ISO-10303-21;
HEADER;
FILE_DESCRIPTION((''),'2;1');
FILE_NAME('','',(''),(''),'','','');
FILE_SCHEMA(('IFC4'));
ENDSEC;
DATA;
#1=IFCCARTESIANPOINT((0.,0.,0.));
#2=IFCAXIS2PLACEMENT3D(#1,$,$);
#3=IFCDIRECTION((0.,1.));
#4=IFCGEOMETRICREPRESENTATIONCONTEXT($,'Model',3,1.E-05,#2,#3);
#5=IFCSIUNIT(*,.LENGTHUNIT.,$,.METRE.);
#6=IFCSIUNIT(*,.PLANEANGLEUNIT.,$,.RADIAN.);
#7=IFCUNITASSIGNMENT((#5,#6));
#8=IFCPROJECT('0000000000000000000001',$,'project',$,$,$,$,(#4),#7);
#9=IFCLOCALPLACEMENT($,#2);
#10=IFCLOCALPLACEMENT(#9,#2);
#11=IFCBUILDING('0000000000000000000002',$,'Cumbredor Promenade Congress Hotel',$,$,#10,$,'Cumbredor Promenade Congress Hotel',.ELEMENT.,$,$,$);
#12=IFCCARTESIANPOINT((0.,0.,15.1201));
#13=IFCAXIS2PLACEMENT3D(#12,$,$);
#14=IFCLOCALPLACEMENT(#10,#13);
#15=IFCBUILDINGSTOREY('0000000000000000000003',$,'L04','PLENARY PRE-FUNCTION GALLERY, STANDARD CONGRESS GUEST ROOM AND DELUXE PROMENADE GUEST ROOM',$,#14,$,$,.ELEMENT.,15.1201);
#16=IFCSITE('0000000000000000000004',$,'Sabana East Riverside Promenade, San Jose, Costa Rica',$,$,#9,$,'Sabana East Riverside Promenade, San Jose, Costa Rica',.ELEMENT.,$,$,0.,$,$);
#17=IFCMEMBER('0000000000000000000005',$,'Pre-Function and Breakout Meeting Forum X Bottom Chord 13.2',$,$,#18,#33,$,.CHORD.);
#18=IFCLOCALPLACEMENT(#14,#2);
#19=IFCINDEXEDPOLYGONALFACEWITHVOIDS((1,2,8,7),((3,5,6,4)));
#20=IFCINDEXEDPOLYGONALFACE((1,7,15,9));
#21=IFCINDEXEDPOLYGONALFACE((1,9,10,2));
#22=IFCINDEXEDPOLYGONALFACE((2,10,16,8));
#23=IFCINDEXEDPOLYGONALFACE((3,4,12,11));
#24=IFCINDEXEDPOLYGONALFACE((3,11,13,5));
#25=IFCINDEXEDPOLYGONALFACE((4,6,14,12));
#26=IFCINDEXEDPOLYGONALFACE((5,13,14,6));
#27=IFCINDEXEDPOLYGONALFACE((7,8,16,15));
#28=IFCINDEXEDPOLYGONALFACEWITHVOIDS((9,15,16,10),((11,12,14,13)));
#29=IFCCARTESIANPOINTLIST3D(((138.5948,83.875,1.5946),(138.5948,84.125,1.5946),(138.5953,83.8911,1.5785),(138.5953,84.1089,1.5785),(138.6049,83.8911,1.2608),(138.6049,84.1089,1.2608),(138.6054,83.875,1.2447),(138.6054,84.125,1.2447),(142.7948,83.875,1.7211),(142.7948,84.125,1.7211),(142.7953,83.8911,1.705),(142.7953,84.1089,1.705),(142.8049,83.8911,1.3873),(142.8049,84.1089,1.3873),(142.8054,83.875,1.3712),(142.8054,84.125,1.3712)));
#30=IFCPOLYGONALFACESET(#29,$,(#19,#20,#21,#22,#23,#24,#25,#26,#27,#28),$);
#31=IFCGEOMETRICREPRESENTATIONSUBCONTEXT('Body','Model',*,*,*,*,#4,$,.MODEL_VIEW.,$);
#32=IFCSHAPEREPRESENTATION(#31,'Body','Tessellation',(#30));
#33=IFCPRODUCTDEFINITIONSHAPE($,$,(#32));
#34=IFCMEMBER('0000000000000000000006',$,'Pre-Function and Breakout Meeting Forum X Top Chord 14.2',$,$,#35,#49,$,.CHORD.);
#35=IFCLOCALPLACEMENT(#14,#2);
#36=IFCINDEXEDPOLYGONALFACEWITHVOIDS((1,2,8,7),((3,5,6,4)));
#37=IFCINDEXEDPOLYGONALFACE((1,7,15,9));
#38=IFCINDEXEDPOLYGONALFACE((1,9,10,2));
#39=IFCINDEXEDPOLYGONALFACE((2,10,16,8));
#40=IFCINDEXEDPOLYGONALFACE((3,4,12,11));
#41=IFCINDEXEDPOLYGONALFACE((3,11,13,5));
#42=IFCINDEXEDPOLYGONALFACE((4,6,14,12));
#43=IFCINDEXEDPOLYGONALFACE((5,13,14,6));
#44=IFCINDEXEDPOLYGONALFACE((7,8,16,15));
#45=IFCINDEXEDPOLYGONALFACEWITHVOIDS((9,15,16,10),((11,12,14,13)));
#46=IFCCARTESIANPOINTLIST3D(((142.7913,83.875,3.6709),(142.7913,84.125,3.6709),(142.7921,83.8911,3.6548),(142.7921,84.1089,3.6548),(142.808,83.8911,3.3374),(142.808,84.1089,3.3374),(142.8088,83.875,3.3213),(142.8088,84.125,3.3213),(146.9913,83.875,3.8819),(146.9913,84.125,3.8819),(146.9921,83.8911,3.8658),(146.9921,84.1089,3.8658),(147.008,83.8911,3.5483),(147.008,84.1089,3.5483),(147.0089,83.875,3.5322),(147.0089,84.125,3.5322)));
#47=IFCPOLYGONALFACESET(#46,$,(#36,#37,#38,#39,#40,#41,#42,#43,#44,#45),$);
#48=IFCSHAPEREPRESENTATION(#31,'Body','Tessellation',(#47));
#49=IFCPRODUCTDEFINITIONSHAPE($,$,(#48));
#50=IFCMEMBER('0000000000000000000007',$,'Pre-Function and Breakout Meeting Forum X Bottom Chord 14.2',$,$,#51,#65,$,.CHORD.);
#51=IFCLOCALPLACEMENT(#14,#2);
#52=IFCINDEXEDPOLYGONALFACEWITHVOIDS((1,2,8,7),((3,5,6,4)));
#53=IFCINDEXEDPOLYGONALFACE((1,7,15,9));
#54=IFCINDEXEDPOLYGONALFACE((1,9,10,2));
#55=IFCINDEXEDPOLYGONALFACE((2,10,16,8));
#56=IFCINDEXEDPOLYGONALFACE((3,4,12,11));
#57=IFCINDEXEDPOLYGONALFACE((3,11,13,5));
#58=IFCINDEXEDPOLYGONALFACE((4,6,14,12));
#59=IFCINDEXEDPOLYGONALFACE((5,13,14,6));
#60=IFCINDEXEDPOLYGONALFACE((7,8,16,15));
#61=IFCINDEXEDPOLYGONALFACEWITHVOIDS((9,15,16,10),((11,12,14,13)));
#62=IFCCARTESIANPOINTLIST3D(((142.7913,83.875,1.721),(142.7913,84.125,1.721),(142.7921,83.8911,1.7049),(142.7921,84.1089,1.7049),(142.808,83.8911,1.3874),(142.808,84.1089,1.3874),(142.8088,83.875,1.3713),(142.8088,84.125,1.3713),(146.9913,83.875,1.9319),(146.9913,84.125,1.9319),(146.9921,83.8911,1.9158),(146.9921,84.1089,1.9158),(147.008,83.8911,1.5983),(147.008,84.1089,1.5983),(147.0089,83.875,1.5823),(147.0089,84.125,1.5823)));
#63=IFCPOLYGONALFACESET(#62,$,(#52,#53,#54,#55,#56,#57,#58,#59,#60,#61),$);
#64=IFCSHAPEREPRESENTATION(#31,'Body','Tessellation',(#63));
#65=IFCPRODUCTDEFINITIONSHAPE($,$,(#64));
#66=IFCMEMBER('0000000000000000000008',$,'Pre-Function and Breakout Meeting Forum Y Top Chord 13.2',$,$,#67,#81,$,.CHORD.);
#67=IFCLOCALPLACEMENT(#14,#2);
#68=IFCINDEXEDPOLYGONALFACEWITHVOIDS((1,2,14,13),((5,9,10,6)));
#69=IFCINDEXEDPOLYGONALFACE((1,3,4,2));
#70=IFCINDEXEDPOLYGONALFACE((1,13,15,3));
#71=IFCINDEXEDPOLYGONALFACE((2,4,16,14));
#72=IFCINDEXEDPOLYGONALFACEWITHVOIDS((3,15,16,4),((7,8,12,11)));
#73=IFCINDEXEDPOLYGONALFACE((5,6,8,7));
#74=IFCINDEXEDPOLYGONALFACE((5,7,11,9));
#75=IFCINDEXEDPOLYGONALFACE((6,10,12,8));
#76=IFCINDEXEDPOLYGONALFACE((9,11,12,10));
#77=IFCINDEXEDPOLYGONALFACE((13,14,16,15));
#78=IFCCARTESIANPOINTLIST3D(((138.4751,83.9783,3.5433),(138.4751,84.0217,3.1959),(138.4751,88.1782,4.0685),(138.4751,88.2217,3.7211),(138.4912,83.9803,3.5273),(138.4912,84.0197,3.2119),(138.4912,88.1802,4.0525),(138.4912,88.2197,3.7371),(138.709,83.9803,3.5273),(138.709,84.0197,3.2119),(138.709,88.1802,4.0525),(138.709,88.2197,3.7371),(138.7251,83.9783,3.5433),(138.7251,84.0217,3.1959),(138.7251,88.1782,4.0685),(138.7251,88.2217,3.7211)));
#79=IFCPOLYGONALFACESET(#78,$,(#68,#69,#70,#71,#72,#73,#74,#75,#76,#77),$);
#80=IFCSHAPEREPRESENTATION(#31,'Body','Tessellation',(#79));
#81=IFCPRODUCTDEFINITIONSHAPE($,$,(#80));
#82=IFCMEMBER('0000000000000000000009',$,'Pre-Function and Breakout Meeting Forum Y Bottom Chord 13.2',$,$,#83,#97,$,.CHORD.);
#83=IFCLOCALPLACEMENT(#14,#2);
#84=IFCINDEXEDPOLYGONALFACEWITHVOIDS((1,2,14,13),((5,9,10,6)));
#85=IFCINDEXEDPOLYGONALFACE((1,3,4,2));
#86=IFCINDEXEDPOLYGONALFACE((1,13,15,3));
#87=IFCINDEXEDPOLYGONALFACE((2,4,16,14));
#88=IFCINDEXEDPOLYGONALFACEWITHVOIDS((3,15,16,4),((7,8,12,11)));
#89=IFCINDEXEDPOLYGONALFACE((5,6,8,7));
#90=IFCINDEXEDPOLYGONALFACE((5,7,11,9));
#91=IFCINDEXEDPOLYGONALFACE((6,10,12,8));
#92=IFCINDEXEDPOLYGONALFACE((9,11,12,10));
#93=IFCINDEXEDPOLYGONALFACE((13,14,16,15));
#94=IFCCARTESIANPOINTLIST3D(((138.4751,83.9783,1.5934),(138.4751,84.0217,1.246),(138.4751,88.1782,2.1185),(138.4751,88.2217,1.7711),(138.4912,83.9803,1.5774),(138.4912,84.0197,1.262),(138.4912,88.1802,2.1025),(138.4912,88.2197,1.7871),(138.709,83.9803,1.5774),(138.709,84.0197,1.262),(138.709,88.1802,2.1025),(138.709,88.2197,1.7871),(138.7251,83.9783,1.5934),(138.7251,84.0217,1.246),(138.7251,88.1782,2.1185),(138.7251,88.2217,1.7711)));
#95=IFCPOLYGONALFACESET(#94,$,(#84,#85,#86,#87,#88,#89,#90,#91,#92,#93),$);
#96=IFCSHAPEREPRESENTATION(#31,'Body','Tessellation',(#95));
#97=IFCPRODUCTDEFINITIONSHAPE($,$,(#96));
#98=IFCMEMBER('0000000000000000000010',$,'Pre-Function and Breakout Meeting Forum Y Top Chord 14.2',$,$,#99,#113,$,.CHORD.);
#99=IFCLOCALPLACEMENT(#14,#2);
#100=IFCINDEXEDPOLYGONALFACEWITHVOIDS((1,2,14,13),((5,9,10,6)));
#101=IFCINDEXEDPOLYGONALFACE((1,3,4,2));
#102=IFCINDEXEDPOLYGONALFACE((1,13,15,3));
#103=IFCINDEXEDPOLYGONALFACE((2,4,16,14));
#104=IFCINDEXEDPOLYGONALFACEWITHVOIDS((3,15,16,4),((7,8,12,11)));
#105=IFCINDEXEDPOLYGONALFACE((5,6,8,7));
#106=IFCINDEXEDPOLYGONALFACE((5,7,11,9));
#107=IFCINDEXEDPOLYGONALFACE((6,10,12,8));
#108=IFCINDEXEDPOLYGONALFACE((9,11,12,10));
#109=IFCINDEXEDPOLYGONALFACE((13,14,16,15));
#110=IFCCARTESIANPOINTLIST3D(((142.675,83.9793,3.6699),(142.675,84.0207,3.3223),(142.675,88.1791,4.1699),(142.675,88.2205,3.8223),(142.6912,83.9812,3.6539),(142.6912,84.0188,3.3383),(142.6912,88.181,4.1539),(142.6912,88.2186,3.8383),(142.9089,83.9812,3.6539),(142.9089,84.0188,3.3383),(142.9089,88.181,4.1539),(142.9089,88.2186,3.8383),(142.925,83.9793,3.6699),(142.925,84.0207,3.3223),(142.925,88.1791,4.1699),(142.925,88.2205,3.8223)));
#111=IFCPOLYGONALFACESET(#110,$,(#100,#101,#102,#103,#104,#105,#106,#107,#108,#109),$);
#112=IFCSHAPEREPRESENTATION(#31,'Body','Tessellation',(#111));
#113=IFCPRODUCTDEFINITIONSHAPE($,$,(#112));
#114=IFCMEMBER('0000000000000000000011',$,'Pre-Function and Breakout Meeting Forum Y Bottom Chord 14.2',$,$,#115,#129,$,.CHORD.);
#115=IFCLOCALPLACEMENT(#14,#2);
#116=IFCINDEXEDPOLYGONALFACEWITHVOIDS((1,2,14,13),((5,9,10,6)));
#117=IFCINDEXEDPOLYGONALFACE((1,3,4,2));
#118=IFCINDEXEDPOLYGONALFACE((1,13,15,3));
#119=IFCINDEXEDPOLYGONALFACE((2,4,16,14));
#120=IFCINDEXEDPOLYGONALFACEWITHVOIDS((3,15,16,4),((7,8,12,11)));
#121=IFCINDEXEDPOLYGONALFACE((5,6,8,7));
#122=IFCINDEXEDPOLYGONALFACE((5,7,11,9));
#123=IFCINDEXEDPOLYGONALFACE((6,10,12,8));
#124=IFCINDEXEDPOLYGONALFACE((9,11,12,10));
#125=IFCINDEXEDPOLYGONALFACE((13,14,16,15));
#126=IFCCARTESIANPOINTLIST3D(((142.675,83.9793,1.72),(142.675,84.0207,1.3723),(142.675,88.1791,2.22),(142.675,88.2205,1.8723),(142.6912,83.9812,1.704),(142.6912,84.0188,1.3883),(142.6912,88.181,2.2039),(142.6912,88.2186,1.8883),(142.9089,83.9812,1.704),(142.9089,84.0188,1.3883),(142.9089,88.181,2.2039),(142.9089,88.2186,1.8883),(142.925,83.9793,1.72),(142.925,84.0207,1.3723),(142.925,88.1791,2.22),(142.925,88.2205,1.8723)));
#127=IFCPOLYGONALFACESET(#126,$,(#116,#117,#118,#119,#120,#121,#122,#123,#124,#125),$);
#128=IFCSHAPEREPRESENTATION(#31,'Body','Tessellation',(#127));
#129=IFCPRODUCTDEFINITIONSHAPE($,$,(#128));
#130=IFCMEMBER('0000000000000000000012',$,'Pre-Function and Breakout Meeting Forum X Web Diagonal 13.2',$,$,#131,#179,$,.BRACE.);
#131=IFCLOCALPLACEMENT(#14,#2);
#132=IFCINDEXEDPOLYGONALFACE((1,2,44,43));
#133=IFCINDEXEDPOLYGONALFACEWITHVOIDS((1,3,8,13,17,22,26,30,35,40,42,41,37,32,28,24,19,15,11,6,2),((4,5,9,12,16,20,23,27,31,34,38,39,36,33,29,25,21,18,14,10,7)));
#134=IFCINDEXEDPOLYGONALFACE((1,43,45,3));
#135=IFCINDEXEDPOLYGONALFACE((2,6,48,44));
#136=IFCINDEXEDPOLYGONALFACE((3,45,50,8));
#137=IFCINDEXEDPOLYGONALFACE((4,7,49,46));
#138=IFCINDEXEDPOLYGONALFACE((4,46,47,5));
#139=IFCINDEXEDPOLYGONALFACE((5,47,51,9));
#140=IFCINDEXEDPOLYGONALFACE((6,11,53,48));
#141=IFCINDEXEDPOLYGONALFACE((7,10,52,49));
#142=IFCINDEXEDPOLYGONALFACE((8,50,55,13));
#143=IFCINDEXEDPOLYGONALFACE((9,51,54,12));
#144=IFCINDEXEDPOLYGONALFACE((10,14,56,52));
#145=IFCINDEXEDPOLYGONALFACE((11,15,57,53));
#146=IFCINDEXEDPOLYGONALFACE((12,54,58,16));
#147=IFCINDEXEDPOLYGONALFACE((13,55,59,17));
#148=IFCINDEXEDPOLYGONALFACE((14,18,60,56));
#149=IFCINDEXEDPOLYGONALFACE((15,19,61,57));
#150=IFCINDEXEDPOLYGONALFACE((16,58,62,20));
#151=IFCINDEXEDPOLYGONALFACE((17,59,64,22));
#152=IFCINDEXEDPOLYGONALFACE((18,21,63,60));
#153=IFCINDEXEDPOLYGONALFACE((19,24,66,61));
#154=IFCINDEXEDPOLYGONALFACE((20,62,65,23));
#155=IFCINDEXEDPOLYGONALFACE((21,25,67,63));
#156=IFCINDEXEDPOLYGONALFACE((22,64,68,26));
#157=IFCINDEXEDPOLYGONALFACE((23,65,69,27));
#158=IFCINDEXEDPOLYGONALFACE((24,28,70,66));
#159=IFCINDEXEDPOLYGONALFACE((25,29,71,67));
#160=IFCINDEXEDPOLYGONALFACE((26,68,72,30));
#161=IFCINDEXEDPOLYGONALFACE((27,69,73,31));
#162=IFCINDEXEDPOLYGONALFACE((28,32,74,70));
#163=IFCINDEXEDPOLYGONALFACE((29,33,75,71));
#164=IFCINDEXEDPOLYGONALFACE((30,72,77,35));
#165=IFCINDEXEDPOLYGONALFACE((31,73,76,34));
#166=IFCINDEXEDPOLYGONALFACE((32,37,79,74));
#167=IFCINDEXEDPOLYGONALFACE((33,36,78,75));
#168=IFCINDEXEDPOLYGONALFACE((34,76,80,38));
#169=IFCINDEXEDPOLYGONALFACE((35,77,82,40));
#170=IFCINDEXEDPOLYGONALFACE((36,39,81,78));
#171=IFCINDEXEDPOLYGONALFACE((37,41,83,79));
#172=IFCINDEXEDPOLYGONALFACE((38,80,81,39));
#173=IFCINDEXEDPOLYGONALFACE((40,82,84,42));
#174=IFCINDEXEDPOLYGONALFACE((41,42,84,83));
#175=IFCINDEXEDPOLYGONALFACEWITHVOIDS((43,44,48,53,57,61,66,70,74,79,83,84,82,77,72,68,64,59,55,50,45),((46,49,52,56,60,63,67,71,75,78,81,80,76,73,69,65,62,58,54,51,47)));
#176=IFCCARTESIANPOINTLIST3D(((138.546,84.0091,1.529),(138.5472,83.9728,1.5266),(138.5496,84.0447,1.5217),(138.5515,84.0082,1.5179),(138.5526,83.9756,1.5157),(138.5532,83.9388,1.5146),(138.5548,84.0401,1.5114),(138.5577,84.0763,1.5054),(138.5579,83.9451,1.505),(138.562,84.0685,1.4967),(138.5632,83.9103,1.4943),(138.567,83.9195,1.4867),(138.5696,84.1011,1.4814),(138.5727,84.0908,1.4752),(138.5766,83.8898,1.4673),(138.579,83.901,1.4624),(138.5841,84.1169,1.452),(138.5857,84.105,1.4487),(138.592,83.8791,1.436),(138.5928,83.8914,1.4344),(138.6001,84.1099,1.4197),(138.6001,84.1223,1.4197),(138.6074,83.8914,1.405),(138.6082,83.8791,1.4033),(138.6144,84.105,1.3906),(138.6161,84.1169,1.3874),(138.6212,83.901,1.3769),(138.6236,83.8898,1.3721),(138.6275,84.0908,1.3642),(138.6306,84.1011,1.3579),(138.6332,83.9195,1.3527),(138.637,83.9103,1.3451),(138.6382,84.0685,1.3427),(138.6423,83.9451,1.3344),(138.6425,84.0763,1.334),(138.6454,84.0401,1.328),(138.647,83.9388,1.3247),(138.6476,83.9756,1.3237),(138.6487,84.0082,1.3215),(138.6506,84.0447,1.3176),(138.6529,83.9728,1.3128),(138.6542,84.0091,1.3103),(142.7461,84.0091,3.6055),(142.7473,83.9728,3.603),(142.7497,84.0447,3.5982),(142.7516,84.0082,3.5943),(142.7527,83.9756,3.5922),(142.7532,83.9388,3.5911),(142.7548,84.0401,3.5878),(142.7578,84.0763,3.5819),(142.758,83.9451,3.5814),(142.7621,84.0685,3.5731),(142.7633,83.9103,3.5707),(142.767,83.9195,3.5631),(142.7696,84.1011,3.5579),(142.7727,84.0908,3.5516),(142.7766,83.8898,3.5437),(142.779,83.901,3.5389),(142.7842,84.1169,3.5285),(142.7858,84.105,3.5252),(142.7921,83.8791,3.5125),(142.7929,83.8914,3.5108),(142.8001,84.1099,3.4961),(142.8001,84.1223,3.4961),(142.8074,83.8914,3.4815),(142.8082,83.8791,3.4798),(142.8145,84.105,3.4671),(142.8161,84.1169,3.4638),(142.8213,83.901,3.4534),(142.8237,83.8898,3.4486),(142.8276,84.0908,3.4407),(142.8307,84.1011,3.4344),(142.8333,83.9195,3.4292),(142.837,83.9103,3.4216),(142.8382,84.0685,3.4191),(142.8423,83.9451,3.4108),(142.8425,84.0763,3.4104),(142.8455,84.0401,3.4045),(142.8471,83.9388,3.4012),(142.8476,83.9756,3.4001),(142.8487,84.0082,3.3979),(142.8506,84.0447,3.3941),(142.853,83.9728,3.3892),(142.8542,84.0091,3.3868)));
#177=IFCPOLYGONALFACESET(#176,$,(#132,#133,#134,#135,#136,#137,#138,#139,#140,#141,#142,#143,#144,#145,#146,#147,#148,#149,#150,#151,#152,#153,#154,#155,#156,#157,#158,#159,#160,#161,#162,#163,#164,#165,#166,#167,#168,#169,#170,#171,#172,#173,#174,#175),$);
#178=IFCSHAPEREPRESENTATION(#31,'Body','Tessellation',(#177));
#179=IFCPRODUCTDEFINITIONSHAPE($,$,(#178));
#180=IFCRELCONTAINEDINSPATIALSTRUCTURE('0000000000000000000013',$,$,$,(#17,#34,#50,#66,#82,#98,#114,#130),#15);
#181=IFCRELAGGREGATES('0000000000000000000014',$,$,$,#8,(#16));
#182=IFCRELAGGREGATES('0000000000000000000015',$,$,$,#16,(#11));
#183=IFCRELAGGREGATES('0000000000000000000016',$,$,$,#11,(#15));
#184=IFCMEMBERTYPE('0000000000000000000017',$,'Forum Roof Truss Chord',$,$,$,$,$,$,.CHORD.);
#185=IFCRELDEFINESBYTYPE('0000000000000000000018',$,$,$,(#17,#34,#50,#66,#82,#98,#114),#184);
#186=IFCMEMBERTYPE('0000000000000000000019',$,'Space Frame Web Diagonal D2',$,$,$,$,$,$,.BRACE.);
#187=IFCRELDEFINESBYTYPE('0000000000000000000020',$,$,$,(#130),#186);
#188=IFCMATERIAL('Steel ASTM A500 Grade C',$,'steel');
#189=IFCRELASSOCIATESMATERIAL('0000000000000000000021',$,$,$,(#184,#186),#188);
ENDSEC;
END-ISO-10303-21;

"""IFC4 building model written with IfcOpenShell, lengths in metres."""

from ifc_helpers import new_model, si_unit, direction, frame, origin, origin_2d, place, context, subcontext, project, spatial, hollow_rectangle, hollow_circle, extrude, material, material_profile, profile_set, type_object, element, save


model = new_model("IFC4")

# Units and contexts
model_context = context("Model", 3, precision=1e-05, world=origin(), true_north=direction((0.0, 1.0)))
body_context = subcontext(model_context, "Body", "Model", "MODEL_VIEW")
ifc_project = project(units=[si_unit("LENGTHUNIT", "METRE"), si_unit("PLANEANGLEUNIT", "RADIAN")], contexts=[model_context])

# Site, building, storey
site_placement = place(None, origin())
site = spatial("IfcSite", under=ifc_project, at=site_placement, Name="Sabana East Riverside Promenade, San Jose, Costa Rica", LongName="Sabana East Riverside Promenade, San Jose, Costa Rica", CompositionType="ELEMENT", RefElevation=0.0)
building_placement = place(site_placement, origin())
building = spatial("IfcBuilding", under=site, at=building_placement, Name="Cumbredor Promenade Congress Hotel", LongName="Cumbredor Promenade Congress Hotel", CompositionType="ELEMENT")
storey_placement = place(building_placement, frame((0.0, 0.0, 15.1201)))
storey = spatial("IfcBuildingStorey", under=building, at=storey_placement, Name="L04", Description="PLENARY PRE-FUNCTION GALLERY, STANDARD CONGRESS GUEST ROOM AND DELUXE PROMENADE GUEST ROOM", CompositionType="ELEMENT", Elevation=15.1201)

# Members
ifc_material_1 = material(Name="Steel ASTM A500 Grade C", Category="steel")
ifc_material_profile_1 = material_profile(ifc_material_1, hollow_rectangle(XDim=0.25, YDim=0.3501, WallThickness=0.0161, at=origin_2d()), Name="HSS 350x250x16")
ifc_profile_set_1 = profile_set([ifc_material_profile_1], Name="Steel ASTM A500 Grade C")
member_type_1 = type_object("IfcMemberType", Name="Forum Roof Truss Chord", PredefinedType="CHORD", material=ifc_profile_set_1)
for number, where, z_axis, x_axis, name in (
    (1, (138.6001, 84.0, 1.4197), (0.999547, 0.0, 0.030097), (0.0, 1.0, 0.0), "Pre-Function and Breakout Meeting Forum X Bottom Chord 13.2"),
):
    element("IfcMember", number, at=place(storey_placement, frame(where, z_axis=z_axis, x_axis=x_axis)), inside=storey, type_object=member_type_1, Name=name, PredefinedType="CHORD", context=body_context, shape_type="SweptSolid", body=[
        extrude(hollow_rectangle(XDim=0.25, YDim=0.3501, WallThickness=0.0161, at=origin_2d()), origin(), (0.0, 0.0, 1.0), 4.2019),
    ])
for number, where, z_axis, x_axis, name in (
    (2, (142.8, 84.0, 3.4961), (0.998741, 0.0, 0.050161), (0.0, 1.0, 0.0), "Pre-Function and Breakout Meeting Forum X Top Chord 14.2"),
    (3, (142.8, 84.0, 1.5461), (0.998741, 0.0, 0.050161), (0.0, 1.0, 0.0), "Pre-Function and Breakout Meeting Forum X Bottom Chord 14.2"),
):
    element("IfcMember", number, at=place(storey_placement, frame(where, z_axis=z_axis, x_axis=x_axis)), inside=storey, type_object=member_type_1, Name=name, PredefinedType="CHORD", context=body_context, shape_type="SweptSolid", body=[
        extrude(hollow_rectangle(XDim=0.25, YDim=0.3501, WallThickness=0.0161, at=origin_2d()), origin(), (0.0, 0.0, 1.0), 4.2053),
    ])
for number, where, z_axis, x_axis, name in (
    (4, (138.6001, 84.0, 3.3696), (0.0, 0.992273, 0.12407), (-1.0, 0.0, 0.0), "Pre-Function and Breakout Meeting Forum Y Top Chord 13.2"),
    (5, (138.6001, 84.0, 1.4197), (0.0, 0.992273, 0.12407), (-1.0, 0.0, 0.0), "Pre-Function and Breakout Meeting Forum Y Bottom Chord 13.2"),
):
    element("IfcMember", number, at=place(storey_placement, frame(where, z_axis=z_axis, x_axis=x_axis)), inside=storey, type_object=member_type_1, Name=name, PredefinedType="CHORD", context=body_context, shape_type="SweptSolid", body=[
        extrude(hollow_rectangle(XDim=0.25, YDim=0.3501, WallThickness=0.0161, at=origin_2d()), origin(), (0.0, 0.0, 1.0), 4.2327),
    ])
for number, where, z_axis, x_axis, name in (
    (6, (142.8, 84.0, 3.4961), (0.0, 0.992988, 0.118214), (-1.0, 0.0, 0.0), "Pre-Function and Breakout Meeting Forum Y Top Chord 14.2"),
    (7, (142.8, 84.0, 1.5461), (0.0, 0.992988, 0.118214), (-1.0, 0.0, 0.0), "Pre-Function and Breakout Meeting Forum Y Bottom Chord 14.2"),
):
    element("IfcMember", number, at=place(storey_placement, frame(where, z_axis=z_axis, x_axis=x_axis)), inside=storey, type_object=member_type_1, Name=name, PredefinedType="CHORD", context=body_context, shape_type="SweptSolid", body=[
        extrude(hollow_rectangle(XDim=0.25, YDim=0.3501, WallThickness=0.0161, at=origin_2d()), origin(), (0.0, 0.0, 1.0), 4.2295),
    ])
ifc_material_profile_2 = material_profile(ifc_material_1, hollow_circle(Radius=0.1223, WallThickness=0.0125, at=origin_2d()), Name="CHS 244.5x12.5")
ifc_profile_set_2 = profile_set([ifc_material_profile_2], Name="Steel ASTM A500 Grade C")
member_type_2 = type_object("IfcMemberType", Name="Space Frame Web Diagonal D2", PredefinedType="BRACE", material=ifc_profile_set_2)
member_1_placement = place(storey_placement, frame((138.6001, 84.0, 1.4197), z_axis=(0.89643, 0.0, 0.443186), x_axis=(0.0, 1.0, 0.0)))
element("IfcMember", 8, at=member_1_placement, inside=storey, type_object=member_type_2, Name="Pre-Function and Breakout Meeting Forum X Web Diagonal 13.2", PredefinedType="BRACE", context=body_context, shape_type="SweptSolid", body=[
    extrude(hollow_circle(Radius=0.1223, WallThickness=0.0125, at=origin_2d()), origin(), (0.0, 0.0, 1.0), 4.6853),
])

save(model, "model.ifc")
